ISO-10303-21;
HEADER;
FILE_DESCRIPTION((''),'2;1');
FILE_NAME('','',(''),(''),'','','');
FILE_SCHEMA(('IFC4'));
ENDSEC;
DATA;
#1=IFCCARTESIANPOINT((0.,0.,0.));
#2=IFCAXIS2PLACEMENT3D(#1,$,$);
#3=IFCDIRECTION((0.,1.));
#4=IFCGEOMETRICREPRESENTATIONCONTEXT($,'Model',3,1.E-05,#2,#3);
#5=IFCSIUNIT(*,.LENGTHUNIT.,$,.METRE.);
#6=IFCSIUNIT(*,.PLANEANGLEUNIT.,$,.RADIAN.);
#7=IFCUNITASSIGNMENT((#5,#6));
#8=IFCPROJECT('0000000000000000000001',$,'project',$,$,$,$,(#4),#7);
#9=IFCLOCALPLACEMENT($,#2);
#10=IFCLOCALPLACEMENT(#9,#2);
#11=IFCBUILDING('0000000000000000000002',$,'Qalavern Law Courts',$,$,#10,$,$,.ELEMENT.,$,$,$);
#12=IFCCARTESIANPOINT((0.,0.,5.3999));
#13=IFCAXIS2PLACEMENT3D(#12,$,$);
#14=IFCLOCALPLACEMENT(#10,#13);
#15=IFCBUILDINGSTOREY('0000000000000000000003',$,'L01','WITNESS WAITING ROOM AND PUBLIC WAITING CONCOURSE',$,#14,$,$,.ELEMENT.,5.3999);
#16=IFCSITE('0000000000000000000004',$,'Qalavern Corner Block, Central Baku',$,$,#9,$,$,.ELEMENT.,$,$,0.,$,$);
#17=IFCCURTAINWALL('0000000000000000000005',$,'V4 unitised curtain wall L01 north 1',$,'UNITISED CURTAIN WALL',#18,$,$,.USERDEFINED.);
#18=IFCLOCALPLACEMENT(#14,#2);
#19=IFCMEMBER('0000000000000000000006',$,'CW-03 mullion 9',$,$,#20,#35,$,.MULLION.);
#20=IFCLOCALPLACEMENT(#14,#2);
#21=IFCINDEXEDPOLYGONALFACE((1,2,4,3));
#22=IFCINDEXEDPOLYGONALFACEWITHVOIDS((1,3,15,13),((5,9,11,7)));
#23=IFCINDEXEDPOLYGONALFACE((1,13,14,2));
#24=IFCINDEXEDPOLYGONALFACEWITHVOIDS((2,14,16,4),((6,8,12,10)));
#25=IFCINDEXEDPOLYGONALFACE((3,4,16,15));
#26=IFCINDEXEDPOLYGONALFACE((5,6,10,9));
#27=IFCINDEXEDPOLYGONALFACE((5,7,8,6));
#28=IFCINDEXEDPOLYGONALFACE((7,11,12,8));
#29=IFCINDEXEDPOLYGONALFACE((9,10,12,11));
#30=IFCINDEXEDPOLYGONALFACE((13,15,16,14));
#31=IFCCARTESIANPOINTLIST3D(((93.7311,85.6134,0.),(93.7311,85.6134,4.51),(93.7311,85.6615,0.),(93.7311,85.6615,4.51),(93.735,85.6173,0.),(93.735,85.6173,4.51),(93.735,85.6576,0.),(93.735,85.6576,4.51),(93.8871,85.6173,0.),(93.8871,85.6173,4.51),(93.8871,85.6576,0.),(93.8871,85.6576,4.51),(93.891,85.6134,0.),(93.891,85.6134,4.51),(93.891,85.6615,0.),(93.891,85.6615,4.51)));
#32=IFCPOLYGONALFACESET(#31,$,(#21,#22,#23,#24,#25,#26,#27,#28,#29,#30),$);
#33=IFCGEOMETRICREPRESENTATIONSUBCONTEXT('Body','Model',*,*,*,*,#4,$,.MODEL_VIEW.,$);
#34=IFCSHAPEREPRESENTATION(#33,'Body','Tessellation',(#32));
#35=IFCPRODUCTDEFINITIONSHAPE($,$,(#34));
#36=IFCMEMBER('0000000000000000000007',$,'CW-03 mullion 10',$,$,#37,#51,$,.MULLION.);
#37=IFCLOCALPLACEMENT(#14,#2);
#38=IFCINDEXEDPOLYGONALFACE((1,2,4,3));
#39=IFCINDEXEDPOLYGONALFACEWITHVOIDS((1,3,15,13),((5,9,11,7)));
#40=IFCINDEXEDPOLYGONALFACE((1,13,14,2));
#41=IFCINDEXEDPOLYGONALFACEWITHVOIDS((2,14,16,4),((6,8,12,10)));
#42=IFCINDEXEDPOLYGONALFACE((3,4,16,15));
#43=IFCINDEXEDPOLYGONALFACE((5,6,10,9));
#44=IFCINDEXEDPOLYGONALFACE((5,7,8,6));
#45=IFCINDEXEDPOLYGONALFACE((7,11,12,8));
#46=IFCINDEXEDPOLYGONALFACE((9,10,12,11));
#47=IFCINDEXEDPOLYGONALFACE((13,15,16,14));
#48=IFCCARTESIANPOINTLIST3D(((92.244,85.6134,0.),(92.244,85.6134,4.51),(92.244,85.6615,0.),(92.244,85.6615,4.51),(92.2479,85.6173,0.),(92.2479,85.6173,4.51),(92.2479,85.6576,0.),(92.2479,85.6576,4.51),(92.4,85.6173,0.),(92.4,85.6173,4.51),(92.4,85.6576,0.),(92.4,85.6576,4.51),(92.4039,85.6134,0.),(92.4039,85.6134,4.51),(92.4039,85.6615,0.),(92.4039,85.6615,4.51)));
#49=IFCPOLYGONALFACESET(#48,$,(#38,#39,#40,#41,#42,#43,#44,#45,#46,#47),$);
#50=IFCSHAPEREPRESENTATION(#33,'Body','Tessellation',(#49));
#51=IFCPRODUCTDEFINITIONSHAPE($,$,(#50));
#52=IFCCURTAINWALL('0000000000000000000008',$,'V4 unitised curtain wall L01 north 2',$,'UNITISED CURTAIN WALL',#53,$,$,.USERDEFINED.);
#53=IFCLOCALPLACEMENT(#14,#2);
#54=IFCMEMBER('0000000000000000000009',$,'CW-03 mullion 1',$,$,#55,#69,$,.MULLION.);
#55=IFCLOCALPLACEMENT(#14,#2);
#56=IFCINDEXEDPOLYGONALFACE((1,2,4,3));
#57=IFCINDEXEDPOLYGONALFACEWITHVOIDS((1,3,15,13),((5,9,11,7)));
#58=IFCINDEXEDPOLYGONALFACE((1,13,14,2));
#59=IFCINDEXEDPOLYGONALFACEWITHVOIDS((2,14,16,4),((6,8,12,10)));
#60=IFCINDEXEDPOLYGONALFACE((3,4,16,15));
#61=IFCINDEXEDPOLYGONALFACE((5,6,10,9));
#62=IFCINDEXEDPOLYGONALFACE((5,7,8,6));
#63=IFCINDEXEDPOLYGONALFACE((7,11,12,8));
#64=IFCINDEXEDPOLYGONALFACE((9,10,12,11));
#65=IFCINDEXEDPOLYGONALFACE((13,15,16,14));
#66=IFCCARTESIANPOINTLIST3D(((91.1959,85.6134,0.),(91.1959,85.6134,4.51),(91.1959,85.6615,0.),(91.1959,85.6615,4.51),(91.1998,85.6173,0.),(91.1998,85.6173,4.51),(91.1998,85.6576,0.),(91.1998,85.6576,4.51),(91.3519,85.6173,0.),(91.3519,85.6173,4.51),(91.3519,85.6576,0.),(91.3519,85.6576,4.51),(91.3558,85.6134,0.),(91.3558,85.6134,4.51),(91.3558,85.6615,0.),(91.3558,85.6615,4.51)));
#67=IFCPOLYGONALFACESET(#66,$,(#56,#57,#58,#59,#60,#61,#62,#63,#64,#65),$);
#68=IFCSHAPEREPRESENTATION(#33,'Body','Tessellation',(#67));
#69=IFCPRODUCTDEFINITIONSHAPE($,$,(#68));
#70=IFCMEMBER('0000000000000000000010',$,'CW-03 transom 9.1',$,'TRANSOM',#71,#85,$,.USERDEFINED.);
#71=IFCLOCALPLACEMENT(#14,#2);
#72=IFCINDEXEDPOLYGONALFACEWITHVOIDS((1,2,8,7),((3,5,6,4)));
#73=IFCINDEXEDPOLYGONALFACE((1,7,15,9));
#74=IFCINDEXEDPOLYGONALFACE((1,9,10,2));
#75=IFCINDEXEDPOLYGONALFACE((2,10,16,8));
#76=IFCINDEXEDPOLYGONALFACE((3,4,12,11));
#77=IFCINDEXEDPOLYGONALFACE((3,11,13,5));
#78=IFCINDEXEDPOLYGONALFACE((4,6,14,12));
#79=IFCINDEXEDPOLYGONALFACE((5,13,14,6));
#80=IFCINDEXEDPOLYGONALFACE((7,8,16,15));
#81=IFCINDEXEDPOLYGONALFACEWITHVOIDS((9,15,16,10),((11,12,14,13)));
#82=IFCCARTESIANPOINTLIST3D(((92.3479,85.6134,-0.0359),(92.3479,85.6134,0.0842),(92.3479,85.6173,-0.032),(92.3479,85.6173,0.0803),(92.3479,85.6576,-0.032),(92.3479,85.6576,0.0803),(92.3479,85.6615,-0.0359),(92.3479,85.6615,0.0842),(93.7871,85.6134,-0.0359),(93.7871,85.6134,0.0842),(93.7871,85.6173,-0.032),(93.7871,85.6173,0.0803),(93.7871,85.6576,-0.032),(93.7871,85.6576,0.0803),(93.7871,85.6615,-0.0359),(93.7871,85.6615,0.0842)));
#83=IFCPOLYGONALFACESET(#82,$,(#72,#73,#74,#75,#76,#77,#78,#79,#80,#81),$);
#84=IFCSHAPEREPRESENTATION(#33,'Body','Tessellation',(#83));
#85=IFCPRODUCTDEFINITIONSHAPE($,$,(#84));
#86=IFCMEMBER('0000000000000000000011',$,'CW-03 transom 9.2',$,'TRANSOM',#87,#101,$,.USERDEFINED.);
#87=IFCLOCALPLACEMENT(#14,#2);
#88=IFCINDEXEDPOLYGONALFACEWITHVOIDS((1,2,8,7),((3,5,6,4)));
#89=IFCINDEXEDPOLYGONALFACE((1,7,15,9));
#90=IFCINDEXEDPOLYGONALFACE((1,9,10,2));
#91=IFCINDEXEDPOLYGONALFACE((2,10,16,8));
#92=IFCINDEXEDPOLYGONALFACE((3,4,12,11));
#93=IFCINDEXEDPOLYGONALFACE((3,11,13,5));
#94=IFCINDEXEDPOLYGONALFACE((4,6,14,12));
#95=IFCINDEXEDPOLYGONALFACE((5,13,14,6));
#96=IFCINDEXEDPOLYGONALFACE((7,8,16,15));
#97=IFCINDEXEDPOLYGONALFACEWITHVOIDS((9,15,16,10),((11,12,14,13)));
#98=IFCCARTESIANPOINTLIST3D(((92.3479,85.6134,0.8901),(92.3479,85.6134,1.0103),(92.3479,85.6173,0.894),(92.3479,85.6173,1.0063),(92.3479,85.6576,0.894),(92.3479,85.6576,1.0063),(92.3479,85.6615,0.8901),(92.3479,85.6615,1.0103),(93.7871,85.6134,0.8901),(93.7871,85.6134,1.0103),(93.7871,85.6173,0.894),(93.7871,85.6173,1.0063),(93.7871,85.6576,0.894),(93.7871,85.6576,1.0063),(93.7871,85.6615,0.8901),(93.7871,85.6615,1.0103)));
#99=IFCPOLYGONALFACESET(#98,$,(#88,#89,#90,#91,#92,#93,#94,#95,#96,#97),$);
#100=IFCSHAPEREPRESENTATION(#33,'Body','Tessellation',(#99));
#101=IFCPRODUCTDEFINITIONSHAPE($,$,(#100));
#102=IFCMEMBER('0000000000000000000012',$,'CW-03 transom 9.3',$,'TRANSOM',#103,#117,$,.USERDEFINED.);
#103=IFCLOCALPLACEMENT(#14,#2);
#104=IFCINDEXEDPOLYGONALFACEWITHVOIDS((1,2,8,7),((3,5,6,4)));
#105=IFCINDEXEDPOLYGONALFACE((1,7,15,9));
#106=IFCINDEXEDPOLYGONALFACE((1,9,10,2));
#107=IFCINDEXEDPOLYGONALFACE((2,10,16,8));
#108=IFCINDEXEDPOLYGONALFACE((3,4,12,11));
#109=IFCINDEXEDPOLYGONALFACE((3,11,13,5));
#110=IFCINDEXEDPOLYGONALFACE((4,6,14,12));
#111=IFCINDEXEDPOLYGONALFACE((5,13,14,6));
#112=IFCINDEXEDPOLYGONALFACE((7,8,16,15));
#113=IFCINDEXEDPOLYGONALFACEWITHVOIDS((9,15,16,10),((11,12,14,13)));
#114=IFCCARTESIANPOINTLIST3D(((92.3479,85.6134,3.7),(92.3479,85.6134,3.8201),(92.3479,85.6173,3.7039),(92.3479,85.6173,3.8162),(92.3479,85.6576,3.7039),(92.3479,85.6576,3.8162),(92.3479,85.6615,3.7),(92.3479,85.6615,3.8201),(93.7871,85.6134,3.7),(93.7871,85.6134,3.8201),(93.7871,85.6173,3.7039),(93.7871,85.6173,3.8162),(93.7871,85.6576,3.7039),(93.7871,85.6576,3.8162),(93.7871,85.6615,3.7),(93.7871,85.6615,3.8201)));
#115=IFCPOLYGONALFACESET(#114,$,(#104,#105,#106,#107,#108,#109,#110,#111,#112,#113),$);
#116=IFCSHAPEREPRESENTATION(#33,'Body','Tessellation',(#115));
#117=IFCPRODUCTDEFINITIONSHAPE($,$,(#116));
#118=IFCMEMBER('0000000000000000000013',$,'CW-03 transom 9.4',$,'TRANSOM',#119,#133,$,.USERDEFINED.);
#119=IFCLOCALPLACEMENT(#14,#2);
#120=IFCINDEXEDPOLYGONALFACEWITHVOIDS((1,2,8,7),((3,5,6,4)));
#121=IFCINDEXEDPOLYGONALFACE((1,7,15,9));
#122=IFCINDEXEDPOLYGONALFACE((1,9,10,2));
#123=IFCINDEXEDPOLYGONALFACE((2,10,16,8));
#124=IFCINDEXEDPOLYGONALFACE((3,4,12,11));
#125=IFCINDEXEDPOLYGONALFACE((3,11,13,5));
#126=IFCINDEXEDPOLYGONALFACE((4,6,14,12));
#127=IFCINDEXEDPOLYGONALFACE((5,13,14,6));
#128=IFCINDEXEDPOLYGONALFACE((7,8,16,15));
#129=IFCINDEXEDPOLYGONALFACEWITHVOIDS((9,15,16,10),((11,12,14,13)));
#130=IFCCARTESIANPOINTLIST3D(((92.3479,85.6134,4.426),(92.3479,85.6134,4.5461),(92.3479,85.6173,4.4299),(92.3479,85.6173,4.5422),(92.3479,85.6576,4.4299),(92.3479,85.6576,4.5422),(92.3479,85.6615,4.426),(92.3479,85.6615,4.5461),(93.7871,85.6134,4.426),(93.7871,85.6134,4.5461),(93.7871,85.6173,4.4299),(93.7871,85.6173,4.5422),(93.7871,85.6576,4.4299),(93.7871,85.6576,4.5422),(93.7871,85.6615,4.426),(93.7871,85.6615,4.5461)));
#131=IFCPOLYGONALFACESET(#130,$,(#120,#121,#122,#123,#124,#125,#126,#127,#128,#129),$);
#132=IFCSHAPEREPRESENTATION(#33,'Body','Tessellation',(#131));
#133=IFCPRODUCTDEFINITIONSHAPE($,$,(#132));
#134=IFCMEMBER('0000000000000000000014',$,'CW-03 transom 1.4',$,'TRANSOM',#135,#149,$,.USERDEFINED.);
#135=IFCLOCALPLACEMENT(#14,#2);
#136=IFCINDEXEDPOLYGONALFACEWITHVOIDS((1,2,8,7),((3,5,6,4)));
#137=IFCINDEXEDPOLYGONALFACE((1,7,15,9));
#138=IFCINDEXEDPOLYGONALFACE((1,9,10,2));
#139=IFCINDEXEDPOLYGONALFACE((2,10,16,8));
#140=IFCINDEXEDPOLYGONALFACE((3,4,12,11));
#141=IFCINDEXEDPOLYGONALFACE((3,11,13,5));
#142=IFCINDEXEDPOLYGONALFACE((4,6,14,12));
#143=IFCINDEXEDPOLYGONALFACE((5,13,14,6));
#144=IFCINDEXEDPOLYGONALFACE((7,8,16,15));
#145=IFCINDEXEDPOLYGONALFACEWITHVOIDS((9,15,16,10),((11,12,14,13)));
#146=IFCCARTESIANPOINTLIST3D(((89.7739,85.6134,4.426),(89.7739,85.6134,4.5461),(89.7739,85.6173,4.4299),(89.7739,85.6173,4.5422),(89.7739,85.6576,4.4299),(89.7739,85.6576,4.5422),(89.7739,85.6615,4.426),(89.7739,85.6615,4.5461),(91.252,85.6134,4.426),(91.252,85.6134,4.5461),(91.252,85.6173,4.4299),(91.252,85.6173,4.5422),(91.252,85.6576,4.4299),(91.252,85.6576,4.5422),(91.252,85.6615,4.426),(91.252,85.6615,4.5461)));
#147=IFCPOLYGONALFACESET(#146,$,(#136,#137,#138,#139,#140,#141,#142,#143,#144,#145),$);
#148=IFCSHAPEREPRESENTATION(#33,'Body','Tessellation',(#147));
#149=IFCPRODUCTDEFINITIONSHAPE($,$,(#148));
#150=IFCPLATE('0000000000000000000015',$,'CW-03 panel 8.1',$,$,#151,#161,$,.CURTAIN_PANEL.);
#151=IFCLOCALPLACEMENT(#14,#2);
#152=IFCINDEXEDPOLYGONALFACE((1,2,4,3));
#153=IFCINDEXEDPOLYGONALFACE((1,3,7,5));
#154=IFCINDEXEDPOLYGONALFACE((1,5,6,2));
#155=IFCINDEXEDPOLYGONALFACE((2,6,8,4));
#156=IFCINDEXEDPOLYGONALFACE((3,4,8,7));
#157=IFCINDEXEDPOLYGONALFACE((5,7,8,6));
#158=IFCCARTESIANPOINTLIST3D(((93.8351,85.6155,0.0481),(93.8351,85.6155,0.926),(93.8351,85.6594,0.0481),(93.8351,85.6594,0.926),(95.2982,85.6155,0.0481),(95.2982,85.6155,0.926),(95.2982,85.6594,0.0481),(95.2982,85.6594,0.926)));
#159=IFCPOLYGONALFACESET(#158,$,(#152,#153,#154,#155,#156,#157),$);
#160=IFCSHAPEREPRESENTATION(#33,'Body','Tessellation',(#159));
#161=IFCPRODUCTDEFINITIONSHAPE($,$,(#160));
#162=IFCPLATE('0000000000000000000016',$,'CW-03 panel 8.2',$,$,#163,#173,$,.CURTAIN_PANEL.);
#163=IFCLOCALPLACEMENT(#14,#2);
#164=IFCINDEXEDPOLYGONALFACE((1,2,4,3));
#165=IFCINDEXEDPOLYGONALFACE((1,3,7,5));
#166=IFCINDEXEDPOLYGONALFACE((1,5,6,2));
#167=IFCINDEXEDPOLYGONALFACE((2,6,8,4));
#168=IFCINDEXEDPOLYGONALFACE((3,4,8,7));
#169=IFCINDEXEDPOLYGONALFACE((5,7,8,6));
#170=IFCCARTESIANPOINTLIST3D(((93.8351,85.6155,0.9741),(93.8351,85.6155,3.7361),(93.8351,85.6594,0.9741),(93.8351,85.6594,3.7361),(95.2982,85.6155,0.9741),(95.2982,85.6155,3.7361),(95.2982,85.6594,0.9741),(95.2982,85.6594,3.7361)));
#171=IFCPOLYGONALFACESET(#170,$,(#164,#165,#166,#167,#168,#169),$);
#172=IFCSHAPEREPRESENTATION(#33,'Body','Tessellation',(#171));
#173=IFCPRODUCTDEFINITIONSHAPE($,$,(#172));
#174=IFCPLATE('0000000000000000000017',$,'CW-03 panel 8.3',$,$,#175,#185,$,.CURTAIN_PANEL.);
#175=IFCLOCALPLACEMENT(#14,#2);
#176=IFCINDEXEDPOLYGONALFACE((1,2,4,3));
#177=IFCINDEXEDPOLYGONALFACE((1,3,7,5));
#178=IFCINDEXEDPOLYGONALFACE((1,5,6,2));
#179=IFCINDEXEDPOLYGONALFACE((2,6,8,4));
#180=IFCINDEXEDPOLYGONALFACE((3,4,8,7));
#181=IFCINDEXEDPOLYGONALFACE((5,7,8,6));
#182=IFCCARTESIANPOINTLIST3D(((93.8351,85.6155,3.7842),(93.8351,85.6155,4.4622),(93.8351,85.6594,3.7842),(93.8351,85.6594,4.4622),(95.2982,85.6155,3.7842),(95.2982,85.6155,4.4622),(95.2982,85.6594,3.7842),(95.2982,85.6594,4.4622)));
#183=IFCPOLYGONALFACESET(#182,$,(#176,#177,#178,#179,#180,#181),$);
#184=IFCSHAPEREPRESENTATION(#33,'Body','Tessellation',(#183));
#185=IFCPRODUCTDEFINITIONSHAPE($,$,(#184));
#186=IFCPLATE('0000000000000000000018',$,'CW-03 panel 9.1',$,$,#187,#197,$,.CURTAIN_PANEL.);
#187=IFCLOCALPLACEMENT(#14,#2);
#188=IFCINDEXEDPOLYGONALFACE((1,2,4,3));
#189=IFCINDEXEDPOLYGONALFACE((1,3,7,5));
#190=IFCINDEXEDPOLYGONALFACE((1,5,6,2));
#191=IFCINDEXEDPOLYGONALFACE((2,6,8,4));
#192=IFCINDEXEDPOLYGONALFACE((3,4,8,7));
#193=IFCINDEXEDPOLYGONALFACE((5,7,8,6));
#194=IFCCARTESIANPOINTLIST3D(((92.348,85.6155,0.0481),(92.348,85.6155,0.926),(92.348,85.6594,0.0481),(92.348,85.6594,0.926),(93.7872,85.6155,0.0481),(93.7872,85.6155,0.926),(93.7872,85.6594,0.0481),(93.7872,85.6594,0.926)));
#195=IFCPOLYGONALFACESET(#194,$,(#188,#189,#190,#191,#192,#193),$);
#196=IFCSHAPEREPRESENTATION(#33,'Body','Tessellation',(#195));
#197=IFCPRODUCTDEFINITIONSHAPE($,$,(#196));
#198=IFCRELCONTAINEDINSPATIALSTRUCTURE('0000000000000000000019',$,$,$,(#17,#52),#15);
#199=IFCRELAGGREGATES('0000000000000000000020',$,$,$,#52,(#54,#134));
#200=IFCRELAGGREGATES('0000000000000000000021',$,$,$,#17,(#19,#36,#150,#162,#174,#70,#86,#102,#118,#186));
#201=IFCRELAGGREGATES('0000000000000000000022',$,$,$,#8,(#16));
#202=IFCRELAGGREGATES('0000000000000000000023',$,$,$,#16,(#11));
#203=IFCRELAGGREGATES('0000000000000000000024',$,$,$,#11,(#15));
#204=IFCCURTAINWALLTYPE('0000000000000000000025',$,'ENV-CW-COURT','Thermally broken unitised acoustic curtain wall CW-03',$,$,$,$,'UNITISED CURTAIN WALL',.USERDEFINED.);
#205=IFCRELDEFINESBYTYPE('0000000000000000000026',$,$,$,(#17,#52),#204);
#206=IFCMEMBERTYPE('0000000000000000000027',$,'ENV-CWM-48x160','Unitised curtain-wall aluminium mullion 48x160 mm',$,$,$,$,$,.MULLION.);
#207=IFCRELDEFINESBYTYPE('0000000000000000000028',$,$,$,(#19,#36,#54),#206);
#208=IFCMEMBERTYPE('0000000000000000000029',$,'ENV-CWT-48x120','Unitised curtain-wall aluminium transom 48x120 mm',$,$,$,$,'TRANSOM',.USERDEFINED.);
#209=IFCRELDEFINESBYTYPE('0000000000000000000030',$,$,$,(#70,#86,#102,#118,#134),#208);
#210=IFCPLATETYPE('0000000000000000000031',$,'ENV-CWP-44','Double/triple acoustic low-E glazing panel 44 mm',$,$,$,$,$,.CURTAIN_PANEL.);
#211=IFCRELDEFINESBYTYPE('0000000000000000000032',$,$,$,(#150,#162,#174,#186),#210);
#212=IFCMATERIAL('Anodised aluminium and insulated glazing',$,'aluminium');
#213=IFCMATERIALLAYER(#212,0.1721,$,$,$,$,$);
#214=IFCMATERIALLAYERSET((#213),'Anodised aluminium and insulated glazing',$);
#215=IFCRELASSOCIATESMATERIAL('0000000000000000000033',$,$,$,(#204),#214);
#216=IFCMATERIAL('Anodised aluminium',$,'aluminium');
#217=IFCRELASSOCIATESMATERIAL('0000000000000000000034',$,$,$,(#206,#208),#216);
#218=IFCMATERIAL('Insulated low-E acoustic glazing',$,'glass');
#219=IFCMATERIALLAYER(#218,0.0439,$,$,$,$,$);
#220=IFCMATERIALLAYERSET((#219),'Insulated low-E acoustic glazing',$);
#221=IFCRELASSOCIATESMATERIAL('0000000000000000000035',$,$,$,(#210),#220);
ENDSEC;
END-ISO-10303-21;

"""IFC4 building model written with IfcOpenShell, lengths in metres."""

from ifc_helpers import new_model, si_unit, direction, frame, origin, origin_2d, place, context, subcontext, project, spatial, rectangle, hollow_rectangle, extrude, material, layer, layer_set, material_profile, profile_set, type_object, element, aggregate, save


model = new_model("IFC4")

# Units and contexts
model_context = context("Model", 3, precision=1e-05, world=origin(), true_north=direction((0.0, 1.0)))
body_context = subcontext(model_context, "Body", "Model", "MODEL_VIEW")
ifc_project = project(units=[si_unit("LENGTHUNIT", "METRE"), si_unit("PLANEANGLEUNIT", "RADIAN")], contexts=[model_context])

# Site, building, storey
site_placement = place(None, origin())
site = spatial("IfcSite", under=ifc_project, at=site_placement, Name="Qalavern Corner Block, Central Baku", CompositionType="ELEMENT", RefElevation=0.0)
building_placement = place(site_placement, origin())
building = spatial("IfcBuilding", under=site, at=building_placement, Name="Qalavern Law Courts", CompositionType="ELEMENT")
storey_placement = place(building_placement, frame((0.0, 0.0, 5.3999)))
storey = spatial("IfcBuildingStorey", under=building, at=storey_placement, Name="L01", Description="WITNESS WAITING ROOM AND PUBLIC WAITING CONCOURSE", CompositionType="ELEMENT", Elevation=5.3999)

# Curtain wall, members
ifc_material_1 = material(Name="Anodised aluminium and insulated glazing", Category="aluminium")
ifc_layer_1 = layer(ifc_material_1, 0.1721)
ifc_layer_set_1 = layer_set([ifc_layer_1], Name="Anodised aluminium and insulated glazing")
curtain_wall_type = type_object("IfcCurtainWallType", Name="ENV-CW-COURT", Description="Thermally broken unitised acoustic curtain wall CW-03", ElementType="UNITISED CURTAIN WALL", PredefinedType="USERDEFINED", material=ifc_layer_set_1)
curtain_wall_1_placement = place(storey_placement, origin())
curtain_wall_1 = element("IfcCurtainWall", 1, at=curtain_wall_1_placement, inside=storey, type_object=curtain_wall_type, Name="V4 unitised curtain wall L01 north 1", ObjectType="UNITISED CURTAIN WALL", PredefinedType="USERDEFINED")
ifc_material_2 = material(Name="Anodised aluminium", Category="aluminium")
ifc_material_profile_1 = material_profile(ifc_material_2, hollow_rectangle(XDim=0.0481, YDim=0.1599, WallThickness=0.0039, at=origin_2d()), Name="ALU MULLION 48x160")
ifc_profile_set_1 = profile_set([ifc_material_profile_1], Name="Anodised aluminium")
member_type_1 = type_object("IfcMemberType", Name="ENV-CWM-48x160", Description="Unitised curtain-wall aluminium mullion 48x160 mm", PredefinedType="MULLION", material=ifc_profile_set_1)
member_1_placement = place(storey_placement, frame((93.811, 85.6375, 0.0), z_axis=(0.0, 0.0, 1.0), x_axis=(0.0, -1.0, 0.0)))
member_1 = element("IfcMember", 2, at=member_1_placement, type_object=member_type_1, Name="CW-03 mullion 9", PredefinedType="MULLION", context=body_context, shape_type="SweptSolid", body=[
    extrude(hollow_rectangle(XDim=0.0481, YDim=0.1599, WallThickness=0.0039, at=origin_2d()), origin(), (0.0, 0.0, 1.0), 4.51),
])
member_2_placement = place(storey_placement, frame((92.324, 85.6375, 0.0), z_axis=(0.0, 0.0, 1.0), x_axis=(0.0, -1.0, 0.0)))
member_2 = element("IfcMember", 3, at=member_2_placement, type_object=member_type_1, Name="CW-03 mullion 10", PredefinedType="MULLION", context=body_context, shape_type="SweptSolid", body=[
    extrude(hollow_rectangle(XDim=0.0481, YDim=0.1599, WallThickness=0.0039, at=origin_2d()), origin(), (0.0, 0.0, 1.0), 4.51),
])

# Curtain wall, member
curtain_wall_2_placement = place(storey_placement, origin())
curtain_wall_2 = element("IfcCurtainWall", 4, at=curtain_wall_2_placement, inside=storey, type_object=curtain_wall_type, Name="V4 unitised curtain wall L01 north 2", ObjectType="UNITISED CURTAIN WALL", PredefinedType="USERDEFINED")
member_3_placement = place(storey_placement, frame((91.2759, 85.6375, 0.0), z_axis=(0.0, 0.0, 1.0), x_axis=(0.0, -1.0, 0.0)))
member_3 = element("IfcMember", 5, at=member_3_placement, type_object=member_type_1, Name="CW-03 mullion 1", PredefinedType="MULLION", context=body_context, shape_type="SweptSolid", body=[
    extrude(hollow_rectangle(XDim=0.0481, YDim=0.1599, WallThickness=0.0039, at=origin_2d()), origin(), (0.0, 0.0, 1.0), 4.51),
])

# Members
ifc_material_profile_2 = material_profile(ifc_material_2, hollow_rectangle(XDim=0.0481, YDim=0.1201, WallThickness=0.0039, at=origin_2d()), Name="ALU TRANSOM 48x120")
ifc_profile_set_2 = profile_set([ifc_material_profile_2], Name="Anodised aluminium")
member_type_2 = type_object("IfcMemberType", Name="ENV-CWT-48x120", Description="Unitised curtain-wall aluminium transom 48x120 mm", ElementType="TRANSOM", PredefinedType="USERDEFINED", material=ifc_profile_set_2)
member_4_placement = place(storey_placement, frame((93.7871, 85.6375, 0.0242), z_axis=(-1.0, 0.0, 0.0), x_axis=(0.0, -1.0, 0.0)))
member_4 = element("IfcMember", 6, at=member_4_placement, type_object=member_type_2, Name="CW-03 transom 9.1", ObjectType="TRANSOM", PredefinedType="USERDEFINED", context=body_context, shape_type="SweptSolid", body=[
    extrude(hollow_rectangle(XDim=0.0481, YDim=0.1201, WallThickness=0.0039, at=origin_2d()), origin(), (0.0, 0.0, 1.0), 1.4392),
])
member_5_placement = place(storey_placement, frame((93.7871, 85.6375, 0.9502), z_axis=(-1.0, 0.0, 0.0), x_axis=(0.0, -1.0, 0.0)))
member_5 = element("IfcMember", 7, at=member_5_placement, type_object=member_type_2, Name="CW-03 transom 9.2", ObjectType="TRANSOM", PredefinedType="USERDEFINED", context=body_context, shape_type="SweptSolid", body=[
    extrude(hollow_rectangle(XDim=0.0481, YDim=0.1201, WallThickness=0.0039, at=origin_2d()), origin(), (0.0, 0.0, 1.0), 1.4392),
])
member_6_placement = place(storey_placement, frame((93.7871, 85.6375, 3.76), z_axis=(-1.0, 0.0, 0.0), x_axis=(0.0, -1.0, 0.0)))
member_6 = element("IfcMember", 8, at=member_6_placement, type_object=member_type_2, Name="CW-03 transom 9.3", ObjectType="TRANSOM", PredefinedType="USERDEFINED", context=body_context, shape_type="SweptSolid", body=[
    extrude(hollow_rectangle(XDim=0.0481, YDim=0.1201, WallThickness=0.0039, at=origin_2d()), origin(), (0.0, 0.0, 1.0), 1.4392),
])
member_7_placement = place(storey_placement, frame((93.7871, 85.6375, 4.4861), z_axis=(-1.0, 0.0, 0.0), x_axis=(0.0, -1.0, 0.0)))
member_7 = element("IfcMember", 9, at=member_7_placement, type_object=member_type_2, Name="CW-03 transom 9.4", ObjectType="TRANSOM", PredefinedType="USERDEFINED", context=body_context, shape_type="SweptSolid", body=[
    extrude(hollow_rectangle(XDim=0.0481, YDim=0.1201, WallThickness=0.0039, at=origin_2d()), origin(), (0.0, 0.0, 1.0), 1.4392),
])
member_8_placement = place(storey_placement, frame((91.252, 85.6375, 4.4861), z_axis=(-1.0, 0.0, 0.0), x_axis=(0.0, -1.0, 0.0)))
member_8 = element("IfcMember", 10, at=member_8_placement, type_object=member_type_2, Name="CW-03 transom 1.4", ObjectType="TRANSOM", PredefinedType="USERDEFINED", context=body_context, shape_type="SweptSolid", body=[
    extrude(hollow_rectangle(XDim=0.0481, YDim=0.1201, WallThickness=0.0039, at=origin_2d()), origin(), (0.0, 0.0, 1.0), 1.478),
])
aggregate(curtain_wall_2, [member_3, member_8])

# Plates
ifc_material_3 = material(Name="Insulated low-E acoustic glazing", Category="glass")
ifc_layer_2 = layer(ifc_material_3, 0.0439)
ifc_layer_set_2 = layer_set([ifc_layer_2], Name="Insulated low-E acoustic glazing")
plate_type = type_object("IfcPlateType", Name="ENV-CWP-44", Description="Double/triple acoustic low-E glazing panel 44 mm", PredefinedType="CURTAIN_PANEL", material=ifc_layer_set_2)
plate_1_placement = place(storey_placement, frame((94.5667, 85.6375, 0.0481), z_axis=(0.0, 0.0, 1.0), x_axis=(-1.0, 0.0, 0.0)))
plate_1 = element("IfcPlate", 11, at=plate_1_placement, type_object=plate_type, Name="CW-03 panel 8.1", PredefinedType="CURTAIN_PANEL", context=body_context, shape_type="SweptSolid", body=[
    extrude(rectangle(XDim=1.4631, YDim=0.0439, at=origin_2d()), origin(), (0.0, 0.0, 1.0), 0.8779),
])
plate_2_placement = place(storey_placement, frame((94.5667, 85.6375, 0.9741), z_axis=(0.0, 0.0, 1.0), x_axis=(-1.0, 0.0, 0.0)))
plate_2 = element("IfcPlate", 12, at=plate_2_placement, type_object=plate_type, Name="CW-03 panel 8.2", PredefinedType="CURTAIN_PANEL", context=body_context, shape_type="SweptSolid", body=[
    extrude(rectangle(XDim=1.4631, YDim=0.0439, at=origin_2d()), origin(), (0.0, 0.0, 1.0), 2.762),
])
plate_3_placement = place(storey_placement, frame((94.5667, 85.6375, 3.7842), z_axis=(0.0, 0.0, 1.0), x_axis=(-1.0, 0.0, 0.0)))
plate_3 = element("IfcPlate", 13, at=plate_3_placement, type_object=plate_type, Name="CW-03 panel 8.3", PredefinedType="CURTAIN_PANEL", context=body_context, shape_type="SweptSolid", body=[
    extrude(rectangle(XDim=1.4631, YDim=0.0439, at=origin_2d()), origin(), (0.0, 0.0, 1.0), 0.678),
])
plate_4_placement = place(storey_placement, frame((93.0676, 85.6375, 0.0481), z_axis=(0.0, 0.0, 1.0), x_axis=(-1.0, 0.0, 0.0)))
plate_4 = element("IfcPlate", 14, at=plate_4_placement, type_object=plate_type, Name="CW-03 panel 9.1", PredefinedType="CURTAIN_PANEL", context=body_context, shape_type="SweptSolid", body=[
    extrude(rectangle(XDim=1.4392, YDim=0.0439, at=origin_2d()), origin(), (0.0, 0.0, 1.0), 0.8779),
])
aggregate(curtain_wall_1, [member_1, member_2, plate_1, plate_2, plate_3, member_4, member_5, member_6, member_7, plate_4])

save(model, "model.ifc")
